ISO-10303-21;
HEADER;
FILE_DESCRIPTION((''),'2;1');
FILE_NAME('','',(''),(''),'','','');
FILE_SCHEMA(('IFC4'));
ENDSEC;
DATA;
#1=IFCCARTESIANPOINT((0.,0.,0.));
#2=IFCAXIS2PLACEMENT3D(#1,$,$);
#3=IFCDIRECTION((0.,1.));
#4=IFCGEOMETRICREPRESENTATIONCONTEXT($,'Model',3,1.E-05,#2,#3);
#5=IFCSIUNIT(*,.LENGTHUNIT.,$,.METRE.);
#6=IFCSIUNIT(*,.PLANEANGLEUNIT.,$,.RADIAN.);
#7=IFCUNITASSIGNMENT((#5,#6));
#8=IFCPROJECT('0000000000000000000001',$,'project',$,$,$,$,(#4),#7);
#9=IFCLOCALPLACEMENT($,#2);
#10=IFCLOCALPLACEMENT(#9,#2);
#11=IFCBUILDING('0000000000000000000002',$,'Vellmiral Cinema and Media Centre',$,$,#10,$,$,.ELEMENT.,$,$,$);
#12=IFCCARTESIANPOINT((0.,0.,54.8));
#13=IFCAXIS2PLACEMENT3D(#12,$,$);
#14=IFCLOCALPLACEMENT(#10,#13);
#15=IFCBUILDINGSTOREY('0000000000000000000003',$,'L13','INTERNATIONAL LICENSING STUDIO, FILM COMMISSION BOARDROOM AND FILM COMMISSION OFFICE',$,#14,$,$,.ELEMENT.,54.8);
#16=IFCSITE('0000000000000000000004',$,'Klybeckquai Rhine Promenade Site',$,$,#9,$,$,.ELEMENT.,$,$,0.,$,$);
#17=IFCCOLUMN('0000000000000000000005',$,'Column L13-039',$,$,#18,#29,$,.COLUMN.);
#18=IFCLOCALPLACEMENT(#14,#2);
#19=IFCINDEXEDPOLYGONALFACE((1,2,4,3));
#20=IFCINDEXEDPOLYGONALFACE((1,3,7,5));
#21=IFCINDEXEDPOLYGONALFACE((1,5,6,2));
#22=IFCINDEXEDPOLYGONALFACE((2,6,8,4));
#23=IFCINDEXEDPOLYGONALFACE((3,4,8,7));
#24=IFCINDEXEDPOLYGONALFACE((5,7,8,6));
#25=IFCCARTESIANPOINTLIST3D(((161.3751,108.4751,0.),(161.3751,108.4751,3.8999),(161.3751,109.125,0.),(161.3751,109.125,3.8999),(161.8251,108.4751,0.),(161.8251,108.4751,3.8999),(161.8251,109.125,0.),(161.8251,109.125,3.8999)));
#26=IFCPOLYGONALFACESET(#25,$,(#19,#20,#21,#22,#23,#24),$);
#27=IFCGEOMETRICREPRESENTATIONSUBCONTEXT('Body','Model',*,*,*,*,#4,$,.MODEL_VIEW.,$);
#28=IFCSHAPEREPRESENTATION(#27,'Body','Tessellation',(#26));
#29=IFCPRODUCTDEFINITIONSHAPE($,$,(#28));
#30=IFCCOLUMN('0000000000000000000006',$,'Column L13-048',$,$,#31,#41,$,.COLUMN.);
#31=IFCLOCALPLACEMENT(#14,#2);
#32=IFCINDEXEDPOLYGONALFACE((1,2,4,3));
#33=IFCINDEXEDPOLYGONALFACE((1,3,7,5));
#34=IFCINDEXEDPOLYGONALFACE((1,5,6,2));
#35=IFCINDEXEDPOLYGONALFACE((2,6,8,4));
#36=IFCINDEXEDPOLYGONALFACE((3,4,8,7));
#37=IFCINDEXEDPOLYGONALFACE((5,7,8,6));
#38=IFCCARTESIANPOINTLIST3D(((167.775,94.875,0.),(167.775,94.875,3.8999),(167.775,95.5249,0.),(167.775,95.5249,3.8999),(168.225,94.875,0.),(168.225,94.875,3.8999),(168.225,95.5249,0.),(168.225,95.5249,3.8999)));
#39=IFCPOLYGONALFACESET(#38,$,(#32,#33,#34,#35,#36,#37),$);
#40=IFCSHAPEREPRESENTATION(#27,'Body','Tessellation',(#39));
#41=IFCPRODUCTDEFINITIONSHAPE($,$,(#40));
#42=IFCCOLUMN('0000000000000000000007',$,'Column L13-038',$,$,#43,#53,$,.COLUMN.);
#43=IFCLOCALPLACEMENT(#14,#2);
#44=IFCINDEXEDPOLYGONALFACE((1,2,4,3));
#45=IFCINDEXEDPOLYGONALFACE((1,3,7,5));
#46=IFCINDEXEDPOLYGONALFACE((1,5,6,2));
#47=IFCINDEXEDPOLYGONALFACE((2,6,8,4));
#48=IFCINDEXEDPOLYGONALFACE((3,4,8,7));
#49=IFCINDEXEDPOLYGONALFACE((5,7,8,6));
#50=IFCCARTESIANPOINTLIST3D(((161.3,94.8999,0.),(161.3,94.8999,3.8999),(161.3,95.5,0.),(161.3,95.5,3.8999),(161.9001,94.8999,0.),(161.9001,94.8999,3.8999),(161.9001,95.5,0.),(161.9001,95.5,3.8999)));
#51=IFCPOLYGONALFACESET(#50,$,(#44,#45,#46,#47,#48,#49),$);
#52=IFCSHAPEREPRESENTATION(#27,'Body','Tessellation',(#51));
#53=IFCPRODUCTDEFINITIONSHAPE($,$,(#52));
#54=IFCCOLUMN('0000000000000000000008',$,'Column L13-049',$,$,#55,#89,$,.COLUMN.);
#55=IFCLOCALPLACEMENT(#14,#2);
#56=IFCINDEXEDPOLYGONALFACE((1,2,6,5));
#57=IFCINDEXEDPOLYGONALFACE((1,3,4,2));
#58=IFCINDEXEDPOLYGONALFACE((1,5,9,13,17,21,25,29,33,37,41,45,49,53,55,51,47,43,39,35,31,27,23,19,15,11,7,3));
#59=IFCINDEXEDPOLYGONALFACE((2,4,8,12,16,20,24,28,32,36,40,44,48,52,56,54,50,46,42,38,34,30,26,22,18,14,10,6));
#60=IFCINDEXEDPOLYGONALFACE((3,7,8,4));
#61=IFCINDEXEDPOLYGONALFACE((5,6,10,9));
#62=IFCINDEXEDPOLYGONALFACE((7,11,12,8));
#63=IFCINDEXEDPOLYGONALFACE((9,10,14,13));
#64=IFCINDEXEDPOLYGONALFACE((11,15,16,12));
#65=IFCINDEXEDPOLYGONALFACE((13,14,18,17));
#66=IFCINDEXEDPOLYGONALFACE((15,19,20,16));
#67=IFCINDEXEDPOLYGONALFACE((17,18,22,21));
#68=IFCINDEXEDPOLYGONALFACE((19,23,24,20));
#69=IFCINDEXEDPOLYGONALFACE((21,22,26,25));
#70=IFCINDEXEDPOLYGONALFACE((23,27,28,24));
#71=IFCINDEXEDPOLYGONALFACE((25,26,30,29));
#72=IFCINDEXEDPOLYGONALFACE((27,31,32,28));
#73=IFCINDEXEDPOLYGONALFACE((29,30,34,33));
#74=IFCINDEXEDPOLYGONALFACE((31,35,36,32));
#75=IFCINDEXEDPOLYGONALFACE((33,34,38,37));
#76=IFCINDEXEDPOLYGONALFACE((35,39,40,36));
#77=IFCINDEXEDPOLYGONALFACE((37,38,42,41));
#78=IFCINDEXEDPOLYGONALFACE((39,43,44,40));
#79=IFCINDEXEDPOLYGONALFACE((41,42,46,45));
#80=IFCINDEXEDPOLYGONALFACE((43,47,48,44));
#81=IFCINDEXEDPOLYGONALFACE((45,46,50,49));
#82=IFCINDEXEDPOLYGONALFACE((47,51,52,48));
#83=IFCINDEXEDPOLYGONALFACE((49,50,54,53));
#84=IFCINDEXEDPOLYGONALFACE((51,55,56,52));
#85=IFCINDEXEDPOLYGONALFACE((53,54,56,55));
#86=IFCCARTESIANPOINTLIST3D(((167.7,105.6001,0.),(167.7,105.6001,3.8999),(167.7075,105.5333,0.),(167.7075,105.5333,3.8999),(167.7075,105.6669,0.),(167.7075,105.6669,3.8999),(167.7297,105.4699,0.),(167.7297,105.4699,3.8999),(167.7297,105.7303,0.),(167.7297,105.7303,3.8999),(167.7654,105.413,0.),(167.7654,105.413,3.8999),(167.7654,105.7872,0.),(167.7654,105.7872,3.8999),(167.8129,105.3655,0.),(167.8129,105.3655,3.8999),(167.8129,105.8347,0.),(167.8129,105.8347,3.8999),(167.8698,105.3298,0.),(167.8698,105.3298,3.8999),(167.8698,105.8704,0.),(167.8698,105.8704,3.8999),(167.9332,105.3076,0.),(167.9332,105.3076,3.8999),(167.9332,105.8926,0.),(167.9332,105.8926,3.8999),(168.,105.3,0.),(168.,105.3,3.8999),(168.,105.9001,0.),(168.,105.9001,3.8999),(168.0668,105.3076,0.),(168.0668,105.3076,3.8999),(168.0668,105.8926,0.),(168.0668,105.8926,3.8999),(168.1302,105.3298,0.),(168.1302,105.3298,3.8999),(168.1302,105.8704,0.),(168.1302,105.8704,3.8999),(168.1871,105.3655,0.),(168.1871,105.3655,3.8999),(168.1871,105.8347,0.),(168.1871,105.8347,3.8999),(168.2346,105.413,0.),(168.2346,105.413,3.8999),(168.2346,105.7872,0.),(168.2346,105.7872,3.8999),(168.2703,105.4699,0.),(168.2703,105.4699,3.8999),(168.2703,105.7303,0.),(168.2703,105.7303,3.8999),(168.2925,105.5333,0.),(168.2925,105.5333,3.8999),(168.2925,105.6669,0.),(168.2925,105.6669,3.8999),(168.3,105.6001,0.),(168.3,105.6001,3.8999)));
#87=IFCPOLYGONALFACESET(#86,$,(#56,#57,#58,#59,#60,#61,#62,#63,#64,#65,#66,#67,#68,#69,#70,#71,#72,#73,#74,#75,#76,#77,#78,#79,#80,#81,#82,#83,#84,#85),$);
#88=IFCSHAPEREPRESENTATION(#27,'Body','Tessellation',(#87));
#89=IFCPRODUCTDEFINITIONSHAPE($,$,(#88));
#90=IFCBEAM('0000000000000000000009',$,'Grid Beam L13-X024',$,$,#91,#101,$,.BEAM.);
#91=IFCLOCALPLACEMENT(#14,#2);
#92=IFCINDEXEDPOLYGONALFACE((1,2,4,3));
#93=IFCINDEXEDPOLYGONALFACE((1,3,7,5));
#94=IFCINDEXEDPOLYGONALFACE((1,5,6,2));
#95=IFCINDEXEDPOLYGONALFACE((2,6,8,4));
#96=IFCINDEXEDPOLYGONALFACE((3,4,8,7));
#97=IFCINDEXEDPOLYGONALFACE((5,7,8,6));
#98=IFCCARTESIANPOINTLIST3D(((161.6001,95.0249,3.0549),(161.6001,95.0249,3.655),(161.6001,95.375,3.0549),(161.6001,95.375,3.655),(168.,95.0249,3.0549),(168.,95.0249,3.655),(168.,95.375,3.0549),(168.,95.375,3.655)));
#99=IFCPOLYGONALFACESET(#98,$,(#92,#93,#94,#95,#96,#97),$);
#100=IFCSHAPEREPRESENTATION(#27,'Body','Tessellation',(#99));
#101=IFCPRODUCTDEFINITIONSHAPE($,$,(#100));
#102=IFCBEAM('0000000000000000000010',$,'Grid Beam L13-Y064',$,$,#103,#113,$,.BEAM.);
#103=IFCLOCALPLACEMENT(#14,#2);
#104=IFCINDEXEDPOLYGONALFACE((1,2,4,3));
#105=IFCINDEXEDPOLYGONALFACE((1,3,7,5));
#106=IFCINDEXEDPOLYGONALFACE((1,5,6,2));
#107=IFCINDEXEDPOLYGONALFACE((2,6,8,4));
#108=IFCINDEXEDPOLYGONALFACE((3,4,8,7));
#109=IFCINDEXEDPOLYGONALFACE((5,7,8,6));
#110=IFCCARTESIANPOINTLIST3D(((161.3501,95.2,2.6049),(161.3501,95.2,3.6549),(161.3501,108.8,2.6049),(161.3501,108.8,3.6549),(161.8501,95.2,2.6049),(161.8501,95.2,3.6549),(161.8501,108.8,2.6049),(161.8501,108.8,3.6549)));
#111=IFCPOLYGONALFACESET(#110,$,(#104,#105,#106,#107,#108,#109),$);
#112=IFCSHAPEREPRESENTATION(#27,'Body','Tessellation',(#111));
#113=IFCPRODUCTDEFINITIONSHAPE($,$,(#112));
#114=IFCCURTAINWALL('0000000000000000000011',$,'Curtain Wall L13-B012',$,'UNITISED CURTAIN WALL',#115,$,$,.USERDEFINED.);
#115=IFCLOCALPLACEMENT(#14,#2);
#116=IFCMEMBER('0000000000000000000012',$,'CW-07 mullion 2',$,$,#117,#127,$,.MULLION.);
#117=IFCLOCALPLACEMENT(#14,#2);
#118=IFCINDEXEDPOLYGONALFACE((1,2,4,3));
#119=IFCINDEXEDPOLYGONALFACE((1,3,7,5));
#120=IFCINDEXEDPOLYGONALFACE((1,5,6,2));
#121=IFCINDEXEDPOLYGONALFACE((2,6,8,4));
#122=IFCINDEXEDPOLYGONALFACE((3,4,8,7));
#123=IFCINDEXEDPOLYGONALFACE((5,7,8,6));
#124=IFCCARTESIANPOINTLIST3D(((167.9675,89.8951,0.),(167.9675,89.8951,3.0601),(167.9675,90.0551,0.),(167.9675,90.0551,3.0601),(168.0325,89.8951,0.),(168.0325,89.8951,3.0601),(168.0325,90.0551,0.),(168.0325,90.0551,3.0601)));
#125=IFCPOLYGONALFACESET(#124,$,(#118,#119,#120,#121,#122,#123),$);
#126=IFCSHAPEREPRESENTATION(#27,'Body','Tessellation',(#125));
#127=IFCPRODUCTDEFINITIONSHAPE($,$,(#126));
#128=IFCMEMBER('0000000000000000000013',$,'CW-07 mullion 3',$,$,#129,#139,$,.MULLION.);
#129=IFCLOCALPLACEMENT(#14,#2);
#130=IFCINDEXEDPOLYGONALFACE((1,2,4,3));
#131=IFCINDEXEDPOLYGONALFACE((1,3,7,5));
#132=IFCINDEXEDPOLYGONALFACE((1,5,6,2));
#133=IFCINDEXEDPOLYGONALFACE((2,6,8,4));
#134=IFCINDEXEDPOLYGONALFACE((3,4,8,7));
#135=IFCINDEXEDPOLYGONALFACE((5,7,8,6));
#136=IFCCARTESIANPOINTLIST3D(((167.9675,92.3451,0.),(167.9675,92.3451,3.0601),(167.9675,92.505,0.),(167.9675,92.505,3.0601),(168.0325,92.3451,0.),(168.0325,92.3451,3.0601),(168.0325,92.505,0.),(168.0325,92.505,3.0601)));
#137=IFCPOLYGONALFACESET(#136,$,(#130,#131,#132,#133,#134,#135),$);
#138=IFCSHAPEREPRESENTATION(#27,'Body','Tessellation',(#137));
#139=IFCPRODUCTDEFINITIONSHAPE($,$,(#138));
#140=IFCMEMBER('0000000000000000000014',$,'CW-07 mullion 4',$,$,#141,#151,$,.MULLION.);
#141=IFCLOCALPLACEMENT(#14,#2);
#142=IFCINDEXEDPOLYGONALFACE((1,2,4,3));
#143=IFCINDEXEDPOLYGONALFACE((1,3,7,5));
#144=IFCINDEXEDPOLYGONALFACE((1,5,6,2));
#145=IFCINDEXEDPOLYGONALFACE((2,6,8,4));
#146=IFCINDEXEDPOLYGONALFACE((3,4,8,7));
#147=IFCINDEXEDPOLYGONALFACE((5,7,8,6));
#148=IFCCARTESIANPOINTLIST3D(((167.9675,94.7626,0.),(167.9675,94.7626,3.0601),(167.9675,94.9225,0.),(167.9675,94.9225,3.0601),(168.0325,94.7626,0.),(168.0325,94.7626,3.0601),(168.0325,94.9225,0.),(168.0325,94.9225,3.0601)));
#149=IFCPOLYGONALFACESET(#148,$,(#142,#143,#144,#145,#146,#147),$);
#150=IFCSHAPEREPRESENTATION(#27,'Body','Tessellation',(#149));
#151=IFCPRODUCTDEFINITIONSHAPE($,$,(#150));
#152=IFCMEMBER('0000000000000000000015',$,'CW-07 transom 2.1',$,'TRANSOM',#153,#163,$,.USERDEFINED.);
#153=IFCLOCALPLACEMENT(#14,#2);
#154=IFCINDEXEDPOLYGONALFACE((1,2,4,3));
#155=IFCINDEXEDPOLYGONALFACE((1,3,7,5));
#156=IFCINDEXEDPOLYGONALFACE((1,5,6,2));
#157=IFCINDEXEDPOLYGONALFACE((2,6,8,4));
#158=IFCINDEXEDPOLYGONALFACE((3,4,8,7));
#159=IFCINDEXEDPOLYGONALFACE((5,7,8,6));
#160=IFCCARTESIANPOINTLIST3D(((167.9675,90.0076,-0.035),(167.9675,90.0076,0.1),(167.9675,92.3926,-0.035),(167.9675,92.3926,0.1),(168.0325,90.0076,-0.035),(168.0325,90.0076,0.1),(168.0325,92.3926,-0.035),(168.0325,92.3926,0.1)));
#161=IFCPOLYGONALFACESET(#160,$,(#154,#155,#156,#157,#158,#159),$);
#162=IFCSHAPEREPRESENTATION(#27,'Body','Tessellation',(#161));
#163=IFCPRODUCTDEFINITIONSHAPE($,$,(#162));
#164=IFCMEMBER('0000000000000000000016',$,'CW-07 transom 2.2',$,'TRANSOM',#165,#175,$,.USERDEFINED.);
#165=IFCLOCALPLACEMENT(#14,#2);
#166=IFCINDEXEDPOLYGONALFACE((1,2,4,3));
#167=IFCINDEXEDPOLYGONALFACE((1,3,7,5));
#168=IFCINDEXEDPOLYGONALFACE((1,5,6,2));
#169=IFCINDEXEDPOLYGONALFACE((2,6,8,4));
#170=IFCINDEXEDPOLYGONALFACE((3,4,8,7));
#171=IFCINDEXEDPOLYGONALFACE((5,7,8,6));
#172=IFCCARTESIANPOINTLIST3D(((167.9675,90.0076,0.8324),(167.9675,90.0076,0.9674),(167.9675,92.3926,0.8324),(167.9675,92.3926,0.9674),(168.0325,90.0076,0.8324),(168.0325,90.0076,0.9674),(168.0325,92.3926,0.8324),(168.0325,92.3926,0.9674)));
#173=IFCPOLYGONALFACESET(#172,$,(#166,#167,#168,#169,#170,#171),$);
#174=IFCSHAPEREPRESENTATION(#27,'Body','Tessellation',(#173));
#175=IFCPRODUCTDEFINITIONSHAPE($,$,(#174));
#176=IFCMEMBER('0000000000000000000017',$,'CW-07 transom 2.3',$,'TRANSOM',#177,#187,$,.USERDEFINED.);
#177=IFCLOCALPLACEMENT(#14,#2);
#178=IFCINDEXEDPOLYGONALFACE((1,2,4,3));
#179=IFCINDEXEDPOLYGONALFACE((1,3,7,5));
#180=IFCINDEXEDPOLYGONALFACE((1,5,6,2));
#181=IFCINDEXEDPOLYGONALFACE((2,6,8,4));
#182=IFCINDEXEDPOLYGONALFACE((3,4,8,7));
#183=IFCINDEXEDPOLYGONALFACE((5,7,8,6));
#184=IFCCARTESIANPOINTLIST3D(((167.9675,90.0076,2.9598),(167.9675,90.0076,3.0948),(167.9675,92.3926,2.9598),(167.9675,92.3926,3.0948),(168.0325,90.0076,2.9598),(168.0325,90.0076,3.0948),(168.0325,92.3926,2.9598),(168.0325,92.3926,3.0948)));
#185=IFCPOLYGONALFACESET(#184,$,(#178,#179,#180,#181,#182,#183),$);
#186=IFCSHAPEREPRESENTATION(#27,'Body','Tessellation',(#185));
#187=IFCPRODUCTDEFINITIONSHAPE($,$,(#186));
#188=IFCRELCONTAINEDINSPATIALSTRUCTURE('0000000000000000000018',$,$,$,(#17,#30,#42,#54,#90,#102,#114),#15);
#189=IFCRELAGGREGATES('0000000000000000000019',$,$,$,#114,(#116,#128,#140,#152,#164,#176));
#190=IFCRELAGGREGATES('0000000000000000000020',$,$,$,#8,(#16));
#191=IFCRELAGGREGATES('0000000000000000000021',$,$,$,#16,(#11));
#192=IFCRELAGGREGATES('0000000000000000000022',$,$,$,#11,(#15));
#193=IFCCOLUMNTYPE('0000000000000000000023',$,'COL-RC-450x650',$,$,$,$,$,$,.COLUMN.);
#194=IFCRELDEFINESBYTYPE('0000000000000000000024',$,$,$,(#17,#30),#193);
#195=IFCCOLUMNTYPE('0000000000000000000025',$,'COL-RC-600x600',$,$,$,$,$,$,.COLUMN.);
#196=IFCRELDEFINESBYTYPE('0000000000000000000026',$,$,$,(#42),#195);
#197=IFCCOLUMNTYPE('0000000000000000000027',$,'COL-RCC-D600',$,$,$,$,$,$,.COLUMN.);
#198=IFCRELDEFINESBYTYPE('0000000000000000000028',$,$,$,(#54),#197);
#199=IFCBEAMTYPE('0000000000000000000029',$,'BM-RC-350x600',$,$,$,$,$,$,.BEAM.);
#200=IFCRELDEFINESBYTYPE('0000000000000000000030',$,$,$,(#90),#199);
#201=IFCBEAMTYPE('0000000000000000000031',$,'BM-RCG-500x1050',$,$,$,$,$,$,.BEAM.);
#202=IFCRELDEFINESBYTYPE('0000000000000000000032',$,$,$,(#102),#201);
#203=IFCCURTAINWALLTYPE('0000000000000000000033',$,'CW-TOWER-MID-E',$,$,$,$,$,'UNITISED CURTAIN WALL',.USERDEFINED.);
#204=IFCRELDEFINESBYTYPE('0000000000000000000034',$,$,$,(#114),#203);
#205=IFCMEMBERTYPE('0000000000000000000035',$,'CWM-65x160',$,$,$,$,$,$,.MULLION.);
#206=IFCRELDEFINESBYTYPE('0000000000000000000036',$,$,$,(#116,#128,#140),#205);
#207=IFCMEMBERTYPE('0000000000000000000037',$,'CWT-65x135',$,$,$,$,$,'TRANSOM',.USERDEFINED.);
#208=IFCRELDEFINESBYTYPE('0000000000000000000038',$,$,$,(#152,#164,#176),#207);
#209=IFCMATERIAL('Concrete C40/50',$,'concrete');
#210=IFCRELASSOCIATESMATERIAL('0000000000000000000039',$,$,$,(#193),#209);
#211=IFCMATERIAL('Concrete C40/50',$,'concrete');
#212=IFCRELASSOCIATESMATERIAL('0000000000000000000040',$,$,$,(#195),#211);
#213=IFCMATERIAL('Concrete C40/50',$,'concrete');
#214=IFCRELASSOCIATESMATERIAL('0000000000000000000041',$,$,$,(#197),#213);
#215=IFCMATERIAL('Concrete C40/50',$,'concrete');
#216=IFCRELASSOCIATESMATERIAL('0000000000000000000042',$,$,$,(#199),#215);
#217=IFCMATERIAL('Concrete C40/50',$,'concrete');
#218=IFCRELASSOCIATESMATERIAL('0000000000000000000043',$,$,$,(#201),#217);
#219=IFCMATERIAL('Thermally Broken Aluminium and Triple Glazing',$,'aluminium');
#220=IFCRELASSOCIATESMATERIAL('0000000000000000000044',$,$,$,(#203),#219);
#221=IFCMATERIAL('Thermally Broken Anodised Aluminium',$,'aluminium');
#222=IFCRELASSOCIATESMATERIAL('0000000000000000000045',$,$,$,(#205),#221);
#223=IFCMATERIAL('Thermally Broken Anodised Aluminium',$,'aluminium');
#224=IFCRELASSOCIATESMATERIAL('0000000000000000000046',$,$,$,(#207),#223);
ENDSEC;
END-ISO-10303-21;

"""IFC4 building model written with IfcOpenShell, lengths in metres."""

from ifc_helpers import new_model, si_unit, direction, frame, origin, origin_2d, place, context, subcontext, project, spatial, rectangle, circle, extrude, material, material_profile, profile_set, type_object, element, aggregate, save


model = new_model("IFC4")

# Units and contexts
model_context = context("Model", 3, precision=1e-05, world=origin(), true_north=direction((0.0, 1.0)))
body_context = subcontext(model_context, "Body", "Model", "MODEL_VIEW")
ifc_project = project(units=[si_unit("LENGTHUNIT", "METRE"), si_unit("PLANEANGLEUNIT", "RADIAN")], contexts=[model_context])

# Site, building, storey
site_placement = place(None, origin())
site = spatial("IfcSite", under=ifc_project, at=site_placement, Name="Klybeckquai Rhine Promenade Site", CompositionType="ELEMENT", RefElevation=0.0)
building_placement = place(site_placement, origin())
building = spatial("IfcBuilding", under=site, at=building_placement, Name="Vellmiral Cinema and Media Centre", CompositionType="ELEMENT")
storey_placement = place(building_placement, frame((0.0, 0.0, 54.8)))
storey = spatial("IfcBuildingStorey", under=building, at=storey_placement, Name="L13", Description="INTERNATIONAL LICENSING STUDIO, FILM COMMISSION BOARDROOM AND FILM COMMISSION OFFICE", CompositionType="ELEMENT", Elevation=54.8)

# Columns
ifc_material_1 = material(Name="Concrete C40/50", Category="concrete")
ifc_material_profile_1 = material_profile(ifc_material_1, rectangle(XDim=0.45, YDim=0.6499, at=origin_2d()), Name="RC 450x650")
ifc_profile_set_1 = profile_set([ifc_material_profile_1], Name="Concrete C40/50")
column_type_1 = type_object("IfcColumnType", Name="COL-RC-450x650", PredefinedType="COLUMN", material=ifc_profile_set_1)
for number, where, z_axis, x_axis, name in (
    (1, (161.6001, 108.8, 0.0), (0.0, 0.0, 1.0), (1.0, 0.0, 0.0), "Column L13-039"),
    (2, (168.0, 95.2, 0.0), (0.0, 0.0, 1.0), (1.0, 0.0, 0.0), "Column L13-048"),
):
    element("IfcColumn", number, at=place(storey_placement, frame(where, z_axis=z_axis, x_axis=x_axis)), inside=storey, type_object=column_type_1, Name=name, PredefinedType="COLUMN", context=body_context, shape_type="SweptSolid", body=[
        extrude(rectangle(XDim=0.45, YDim=0.6499, at=origin_2d()), origin(), (0.0, 0.0, 1.0), 3.8999),
    ])
ifc_material_2 = material(Name="Concrete C40/50", Category="concrete")
ifc_material_profile_2 = material_profile(ifc_material_2, rectangle(XDim=0.6001, YDim=0.6001, at=origin_2d()), Name="RC 600x600")
ifc_profile_set_2 = profile_set([ifc_material_profile_2], Name="Concrete C40/50")
column_type_2 = type_object("IfcColumnType", Name="COL-RC-600x600", PredefinedType="COLUMN", material=ifc_profile_set_2)
column_1_placement = place(storey_placement, frame((161.6001, 95.2, 0.0), z_axis=(0.0, 0.0, 1.0), x_axis=(1.0, 0.0, 0.0)))
element("IfcColumn", 3, at=column_1_placement, inside=storey, type_object=column_type_2, Name="Column L13-038", PredefinedType="COLUMN", context=body_context, shape_type="SweptSolid", body=[
    extrude(rectangle(XDim=0.6001, YDim=0.6001, at=origin_2d()), origin(), (0.0, 0.0, 1.0), 3.8999),
])
ifc_material_3 = material(Name="Concrete C40/50", Category="concrete")
ifc_material_profile_3 = material_profile(ifc_material_3, circle(Radius=0.3, at=origin_2d()), Name="RC D600")
ifc_profile_set_3 = profile_set([ifc_material_profile_3], Name="Concrete C40/50")
column_type_3 = type_object("IfcColumnType", Name="COL-RCC-D600", PredefinedType="COLUMN", material=ifc_profile_set_3)
column_2_placement = place(storey_placement, frame((168.0, 105.6001, 0.0), z_axis=(0.0, 0.0, 1.0), x_axis=(1.0, 0.0, 0.0)))
element("IfcColumn", 4, at=column_2_placement, inside=storey, type_object=column_type_3, Name="Column L13-049", PredefinedType="COLUMN", context=body_context, shape_type="SweptSolid", body=[
    extrude(circle(Radius=0.3, at=origin_2d()), origin(), (0.0, 0.0, 1.0), 3.8999),
])

# Beams
ifc_material_4 = material(Name="Concrete C40/50", Category="concrete")
ifc_material_profile_4 = material_profile(ifc_material_4, rectangle(XDim=0.3501, YDim=0.6001, at=origin_2d()), Name="RC 350x600")
ifc_profile_set_4 = profile_set([ifc_material_profile_4], Name="Concrete C40/50")
beam_type_1 = type_object("IfcBeamType", Name="BM-RC-350x600", PredefinedType="BEAM", material=ifc_profile_set_4)
beam_1_placement = place(storey_placement, frame((161.6001, 95.2, 3.355), z_axis=(1.0, 0.0, 0.0), x_axis=(0.0, 1.0, 0.0)))
element("IfcBeam", 5, at=beam_1_placement, inside=storey, type_object=beam_type_1, Name="Grid Beam L13-X024", PredefinedType="BEAM", context=body_context, shape_type="SweptSolid", body=[
    extrude(rectangle(XDim=0.3501, YDim=0.6001, at=origin_2d()), origin(), (0.0, 0.0, 1.0), 6.3999),
])
ifc_material_5 = material(Name="Concrete C40/50", Category="concrete")
ifc_material_profile_5 = material_profile(ifc_material_5, rectangle(XDim=0.5, YDim=1.05, at=origin_2d()), Name="RC 500x1050")
ifc_profile_set_5 = profile_set([ifc_material_profile_5], Name="Concrete C40/50")
beam_type_2 = type_object("IfcBeamType", Name="BM-RCG-500x1050", PredefinedType="BEAM", material=ifc_profile_set_5)
beam_2_placement = place(storey_placement, frame((161.6001, 95.2, 3.1299), z_axis=(0.0, 1.0, 0.0), x_axis=(-1.0, 0.0, 0.0)))
element("IfcBeam", 6, at=beam_2_placement, inside=storey, type_object=beam_type_2, Name="Grid Beam L13-Y064", PredefinedType="BEAM", context=body_context, shape_type="SweptSolid", body=[
    extrude(rectangle(XDim=0.5, YDim=1.05, at=origin_2d()), origin(), (0.0, 0.0, 1.0), 13.6001),
])

# Curtain wall, members
ifc_material_6 = material(Name="Thermally Broken Aluminium and Triple Glazing", Category="aluminium")
curtain_wall_type = type_object("IfcCurtainWallType", Name="CW-TOWER-MID-E", ElementType="UNITISED CURTAIN WALL", PredefinedType="USERDEFINED", material=ifc_material_6)
curtain_wall_placement = place(storey_placement, origin())
curtain_wall = element("IfcCurtainWall", 7, at=curtain_wall_placement, inside=storey, type_object=curtain_wall_type, Name="Curtain Wall L13-B012", ObjectType="UNITISED CURTAIN WALL", PredefinedType="USERDEFINED")
ifc_material_7 = material(Name="Thermally Broken Anodised Aluminium", Category="aluminium")
ifc_material_profile_6 = material_profile(ifc_material_7, rectangle(XDim=0.0649, YDim=0.1599, at=origin_2d()), Name="MULL 65x160")
ifc_profile_set_6 = profile_set([ifc_material_profile_6], Name="Thermally Broken Anodised Aluminium")
member_type_1 = type_object("IfcMemberType", Name="CWM-65x160", PredefinedType="MULLION", material=ifc_profile_set_6)
member_1_placement = place(storey_placement, frame((168.0, 89.9751, 0.0), z_axis=(0.0, 0.0, 1.0), x_axis=(-1.0, 0.0, 0.0)))
member_1 = element("IfcMember", 8, at=member_1_placement, type_object=member_type_1, Name="CW-07 mullion 2", PredefinedType="MULLION", context=body_context, shape_type="SweptSolid", body=[
    extrude(rectangle(XDim=0.0649, YDim=0.1599, at=origin_2d()), origin(), (0.0, 0.0, 1.0), 3.0601),
])
member_2_placement = place(storey_placement, frame((168.0, 92.425, 0.0), z_axis=(0.0, 0.0, 1.0), x_axis=(-1.0, 0.0, 0.0)))
member_2 = element("IfcMember", 9, at=member_2_placement, type_object=member_type_1, Name="CW-07 mullion 3", PredefinedType="MULLION", context=body_context, shape_type="SweptSolid", body=[
    extrude(rectangle(XDim=0.0649, YDim=0.1599, at=origin_2d()), origin(), (0.0, 0.0, 1.0), 3.0601),
])
member_3_placement = place(storey_placement, frame((168.0, 94.8425, 0.0), z_axis=(0.0, 0.0, 1.0), x_axis=(-1.0, 0.0, 0.0)))
member_3 = element("IfcMember", 10, at=member_3_placement, type_object=member_type_1, Name="CW-07 mullion 4", PredefinedType="MULLION", context=body_context, shape_type="SweptSolid", body=[
    extrude(rectangle(XDim=0.0649, YDim=0.1599, at=origin_2d()), origin(), (0.0, 0.0, 1.0), 3.0601),
])
ifc_material_8 = material(Name="Thermally Broken Anodised Aluminium", Category="aluminium")
ifc_material_profile_7 = material_profile(ifc_material_8, rectangle(XDim=0.0649, YDim=0.135, at=origin_2d()), Name="MULL 65x135")
ifc_profile_set_7 = profile_set([ifc_material_profile_7], Name="Thermally Broken Anodised Aluminium")
member_type_2 = type_object("IfcMemberType", Name="CWT-65x135", ElementType="TRANSOM", PredefinedType="USERDEFINED", material=ifc_profile_set_7)
member_4_placement = place(storey_placement, frame((168.0, 90.0076, 0.0325), z_axis=(0.0, 1.0, 0.0), x_axis=(-1.0, 0.0, 0.0)))
member_4 = element("IfcMember", 11, at=member_4_placement, type_object=member_type_2, Name="CW-07 transom 2.1", ObjectType="TRANSOM", PredefinedType="USERDEFINED", context=body_context, shape_type="SweptSolid", body=[
    extrude(rectangle(XDim=0.0649, YDim=0.135, at=origin_2d()), origin(), (0.0, 0.0, 1.0), 2.385),
])
member_5_placement = place(storey_placement, frame((168.0, 90.0076, 0.8999), z_axis=(0.0, 1.0, 0.0), x_axis=(-1.0, 0.0, 0.0)))
member_5 = element("IfcMember", 12, at=member_5_placement, type_object=member_type_2, Name="CW-07 transom 2.2", ObjectType="TRANSOM", PredefinedType="USERDEFINED", context=body_context, shape_type="SweptSolid", body=[
    extrude(rectangle(XDim=0.0649, YDim=0.135, at=origin_2d()), origin(), (0.0, 0.0, 1.0), 2.385),
])
member_6_placement = place(storey_placement, frame((168.0, 90.0076, 3.0273), z_axis=(0.0, 1.0, 0.0), x_axis=(-1.0, 0.0, 0.0)))
member_6 = element("IfcMember", 13, at=member_6_placement, type_object=member_type_2, Name="CW-07 transom 2.3", ObjectType="TRANSOM", PredefinedType="USERDEFINED", context=body_context, shape_type="SweptSolid", body=[
    extrude(rectangle(XDim=0.0649, YDim=0.135, at=origin_2d()), origin(), (0.0, 0.0, 1.0), 2.385),
])

aggregate(curtain_wall, [member_1, member_2, member_3, member_4, member_5, member_6])

save(model, "model.ifc")
